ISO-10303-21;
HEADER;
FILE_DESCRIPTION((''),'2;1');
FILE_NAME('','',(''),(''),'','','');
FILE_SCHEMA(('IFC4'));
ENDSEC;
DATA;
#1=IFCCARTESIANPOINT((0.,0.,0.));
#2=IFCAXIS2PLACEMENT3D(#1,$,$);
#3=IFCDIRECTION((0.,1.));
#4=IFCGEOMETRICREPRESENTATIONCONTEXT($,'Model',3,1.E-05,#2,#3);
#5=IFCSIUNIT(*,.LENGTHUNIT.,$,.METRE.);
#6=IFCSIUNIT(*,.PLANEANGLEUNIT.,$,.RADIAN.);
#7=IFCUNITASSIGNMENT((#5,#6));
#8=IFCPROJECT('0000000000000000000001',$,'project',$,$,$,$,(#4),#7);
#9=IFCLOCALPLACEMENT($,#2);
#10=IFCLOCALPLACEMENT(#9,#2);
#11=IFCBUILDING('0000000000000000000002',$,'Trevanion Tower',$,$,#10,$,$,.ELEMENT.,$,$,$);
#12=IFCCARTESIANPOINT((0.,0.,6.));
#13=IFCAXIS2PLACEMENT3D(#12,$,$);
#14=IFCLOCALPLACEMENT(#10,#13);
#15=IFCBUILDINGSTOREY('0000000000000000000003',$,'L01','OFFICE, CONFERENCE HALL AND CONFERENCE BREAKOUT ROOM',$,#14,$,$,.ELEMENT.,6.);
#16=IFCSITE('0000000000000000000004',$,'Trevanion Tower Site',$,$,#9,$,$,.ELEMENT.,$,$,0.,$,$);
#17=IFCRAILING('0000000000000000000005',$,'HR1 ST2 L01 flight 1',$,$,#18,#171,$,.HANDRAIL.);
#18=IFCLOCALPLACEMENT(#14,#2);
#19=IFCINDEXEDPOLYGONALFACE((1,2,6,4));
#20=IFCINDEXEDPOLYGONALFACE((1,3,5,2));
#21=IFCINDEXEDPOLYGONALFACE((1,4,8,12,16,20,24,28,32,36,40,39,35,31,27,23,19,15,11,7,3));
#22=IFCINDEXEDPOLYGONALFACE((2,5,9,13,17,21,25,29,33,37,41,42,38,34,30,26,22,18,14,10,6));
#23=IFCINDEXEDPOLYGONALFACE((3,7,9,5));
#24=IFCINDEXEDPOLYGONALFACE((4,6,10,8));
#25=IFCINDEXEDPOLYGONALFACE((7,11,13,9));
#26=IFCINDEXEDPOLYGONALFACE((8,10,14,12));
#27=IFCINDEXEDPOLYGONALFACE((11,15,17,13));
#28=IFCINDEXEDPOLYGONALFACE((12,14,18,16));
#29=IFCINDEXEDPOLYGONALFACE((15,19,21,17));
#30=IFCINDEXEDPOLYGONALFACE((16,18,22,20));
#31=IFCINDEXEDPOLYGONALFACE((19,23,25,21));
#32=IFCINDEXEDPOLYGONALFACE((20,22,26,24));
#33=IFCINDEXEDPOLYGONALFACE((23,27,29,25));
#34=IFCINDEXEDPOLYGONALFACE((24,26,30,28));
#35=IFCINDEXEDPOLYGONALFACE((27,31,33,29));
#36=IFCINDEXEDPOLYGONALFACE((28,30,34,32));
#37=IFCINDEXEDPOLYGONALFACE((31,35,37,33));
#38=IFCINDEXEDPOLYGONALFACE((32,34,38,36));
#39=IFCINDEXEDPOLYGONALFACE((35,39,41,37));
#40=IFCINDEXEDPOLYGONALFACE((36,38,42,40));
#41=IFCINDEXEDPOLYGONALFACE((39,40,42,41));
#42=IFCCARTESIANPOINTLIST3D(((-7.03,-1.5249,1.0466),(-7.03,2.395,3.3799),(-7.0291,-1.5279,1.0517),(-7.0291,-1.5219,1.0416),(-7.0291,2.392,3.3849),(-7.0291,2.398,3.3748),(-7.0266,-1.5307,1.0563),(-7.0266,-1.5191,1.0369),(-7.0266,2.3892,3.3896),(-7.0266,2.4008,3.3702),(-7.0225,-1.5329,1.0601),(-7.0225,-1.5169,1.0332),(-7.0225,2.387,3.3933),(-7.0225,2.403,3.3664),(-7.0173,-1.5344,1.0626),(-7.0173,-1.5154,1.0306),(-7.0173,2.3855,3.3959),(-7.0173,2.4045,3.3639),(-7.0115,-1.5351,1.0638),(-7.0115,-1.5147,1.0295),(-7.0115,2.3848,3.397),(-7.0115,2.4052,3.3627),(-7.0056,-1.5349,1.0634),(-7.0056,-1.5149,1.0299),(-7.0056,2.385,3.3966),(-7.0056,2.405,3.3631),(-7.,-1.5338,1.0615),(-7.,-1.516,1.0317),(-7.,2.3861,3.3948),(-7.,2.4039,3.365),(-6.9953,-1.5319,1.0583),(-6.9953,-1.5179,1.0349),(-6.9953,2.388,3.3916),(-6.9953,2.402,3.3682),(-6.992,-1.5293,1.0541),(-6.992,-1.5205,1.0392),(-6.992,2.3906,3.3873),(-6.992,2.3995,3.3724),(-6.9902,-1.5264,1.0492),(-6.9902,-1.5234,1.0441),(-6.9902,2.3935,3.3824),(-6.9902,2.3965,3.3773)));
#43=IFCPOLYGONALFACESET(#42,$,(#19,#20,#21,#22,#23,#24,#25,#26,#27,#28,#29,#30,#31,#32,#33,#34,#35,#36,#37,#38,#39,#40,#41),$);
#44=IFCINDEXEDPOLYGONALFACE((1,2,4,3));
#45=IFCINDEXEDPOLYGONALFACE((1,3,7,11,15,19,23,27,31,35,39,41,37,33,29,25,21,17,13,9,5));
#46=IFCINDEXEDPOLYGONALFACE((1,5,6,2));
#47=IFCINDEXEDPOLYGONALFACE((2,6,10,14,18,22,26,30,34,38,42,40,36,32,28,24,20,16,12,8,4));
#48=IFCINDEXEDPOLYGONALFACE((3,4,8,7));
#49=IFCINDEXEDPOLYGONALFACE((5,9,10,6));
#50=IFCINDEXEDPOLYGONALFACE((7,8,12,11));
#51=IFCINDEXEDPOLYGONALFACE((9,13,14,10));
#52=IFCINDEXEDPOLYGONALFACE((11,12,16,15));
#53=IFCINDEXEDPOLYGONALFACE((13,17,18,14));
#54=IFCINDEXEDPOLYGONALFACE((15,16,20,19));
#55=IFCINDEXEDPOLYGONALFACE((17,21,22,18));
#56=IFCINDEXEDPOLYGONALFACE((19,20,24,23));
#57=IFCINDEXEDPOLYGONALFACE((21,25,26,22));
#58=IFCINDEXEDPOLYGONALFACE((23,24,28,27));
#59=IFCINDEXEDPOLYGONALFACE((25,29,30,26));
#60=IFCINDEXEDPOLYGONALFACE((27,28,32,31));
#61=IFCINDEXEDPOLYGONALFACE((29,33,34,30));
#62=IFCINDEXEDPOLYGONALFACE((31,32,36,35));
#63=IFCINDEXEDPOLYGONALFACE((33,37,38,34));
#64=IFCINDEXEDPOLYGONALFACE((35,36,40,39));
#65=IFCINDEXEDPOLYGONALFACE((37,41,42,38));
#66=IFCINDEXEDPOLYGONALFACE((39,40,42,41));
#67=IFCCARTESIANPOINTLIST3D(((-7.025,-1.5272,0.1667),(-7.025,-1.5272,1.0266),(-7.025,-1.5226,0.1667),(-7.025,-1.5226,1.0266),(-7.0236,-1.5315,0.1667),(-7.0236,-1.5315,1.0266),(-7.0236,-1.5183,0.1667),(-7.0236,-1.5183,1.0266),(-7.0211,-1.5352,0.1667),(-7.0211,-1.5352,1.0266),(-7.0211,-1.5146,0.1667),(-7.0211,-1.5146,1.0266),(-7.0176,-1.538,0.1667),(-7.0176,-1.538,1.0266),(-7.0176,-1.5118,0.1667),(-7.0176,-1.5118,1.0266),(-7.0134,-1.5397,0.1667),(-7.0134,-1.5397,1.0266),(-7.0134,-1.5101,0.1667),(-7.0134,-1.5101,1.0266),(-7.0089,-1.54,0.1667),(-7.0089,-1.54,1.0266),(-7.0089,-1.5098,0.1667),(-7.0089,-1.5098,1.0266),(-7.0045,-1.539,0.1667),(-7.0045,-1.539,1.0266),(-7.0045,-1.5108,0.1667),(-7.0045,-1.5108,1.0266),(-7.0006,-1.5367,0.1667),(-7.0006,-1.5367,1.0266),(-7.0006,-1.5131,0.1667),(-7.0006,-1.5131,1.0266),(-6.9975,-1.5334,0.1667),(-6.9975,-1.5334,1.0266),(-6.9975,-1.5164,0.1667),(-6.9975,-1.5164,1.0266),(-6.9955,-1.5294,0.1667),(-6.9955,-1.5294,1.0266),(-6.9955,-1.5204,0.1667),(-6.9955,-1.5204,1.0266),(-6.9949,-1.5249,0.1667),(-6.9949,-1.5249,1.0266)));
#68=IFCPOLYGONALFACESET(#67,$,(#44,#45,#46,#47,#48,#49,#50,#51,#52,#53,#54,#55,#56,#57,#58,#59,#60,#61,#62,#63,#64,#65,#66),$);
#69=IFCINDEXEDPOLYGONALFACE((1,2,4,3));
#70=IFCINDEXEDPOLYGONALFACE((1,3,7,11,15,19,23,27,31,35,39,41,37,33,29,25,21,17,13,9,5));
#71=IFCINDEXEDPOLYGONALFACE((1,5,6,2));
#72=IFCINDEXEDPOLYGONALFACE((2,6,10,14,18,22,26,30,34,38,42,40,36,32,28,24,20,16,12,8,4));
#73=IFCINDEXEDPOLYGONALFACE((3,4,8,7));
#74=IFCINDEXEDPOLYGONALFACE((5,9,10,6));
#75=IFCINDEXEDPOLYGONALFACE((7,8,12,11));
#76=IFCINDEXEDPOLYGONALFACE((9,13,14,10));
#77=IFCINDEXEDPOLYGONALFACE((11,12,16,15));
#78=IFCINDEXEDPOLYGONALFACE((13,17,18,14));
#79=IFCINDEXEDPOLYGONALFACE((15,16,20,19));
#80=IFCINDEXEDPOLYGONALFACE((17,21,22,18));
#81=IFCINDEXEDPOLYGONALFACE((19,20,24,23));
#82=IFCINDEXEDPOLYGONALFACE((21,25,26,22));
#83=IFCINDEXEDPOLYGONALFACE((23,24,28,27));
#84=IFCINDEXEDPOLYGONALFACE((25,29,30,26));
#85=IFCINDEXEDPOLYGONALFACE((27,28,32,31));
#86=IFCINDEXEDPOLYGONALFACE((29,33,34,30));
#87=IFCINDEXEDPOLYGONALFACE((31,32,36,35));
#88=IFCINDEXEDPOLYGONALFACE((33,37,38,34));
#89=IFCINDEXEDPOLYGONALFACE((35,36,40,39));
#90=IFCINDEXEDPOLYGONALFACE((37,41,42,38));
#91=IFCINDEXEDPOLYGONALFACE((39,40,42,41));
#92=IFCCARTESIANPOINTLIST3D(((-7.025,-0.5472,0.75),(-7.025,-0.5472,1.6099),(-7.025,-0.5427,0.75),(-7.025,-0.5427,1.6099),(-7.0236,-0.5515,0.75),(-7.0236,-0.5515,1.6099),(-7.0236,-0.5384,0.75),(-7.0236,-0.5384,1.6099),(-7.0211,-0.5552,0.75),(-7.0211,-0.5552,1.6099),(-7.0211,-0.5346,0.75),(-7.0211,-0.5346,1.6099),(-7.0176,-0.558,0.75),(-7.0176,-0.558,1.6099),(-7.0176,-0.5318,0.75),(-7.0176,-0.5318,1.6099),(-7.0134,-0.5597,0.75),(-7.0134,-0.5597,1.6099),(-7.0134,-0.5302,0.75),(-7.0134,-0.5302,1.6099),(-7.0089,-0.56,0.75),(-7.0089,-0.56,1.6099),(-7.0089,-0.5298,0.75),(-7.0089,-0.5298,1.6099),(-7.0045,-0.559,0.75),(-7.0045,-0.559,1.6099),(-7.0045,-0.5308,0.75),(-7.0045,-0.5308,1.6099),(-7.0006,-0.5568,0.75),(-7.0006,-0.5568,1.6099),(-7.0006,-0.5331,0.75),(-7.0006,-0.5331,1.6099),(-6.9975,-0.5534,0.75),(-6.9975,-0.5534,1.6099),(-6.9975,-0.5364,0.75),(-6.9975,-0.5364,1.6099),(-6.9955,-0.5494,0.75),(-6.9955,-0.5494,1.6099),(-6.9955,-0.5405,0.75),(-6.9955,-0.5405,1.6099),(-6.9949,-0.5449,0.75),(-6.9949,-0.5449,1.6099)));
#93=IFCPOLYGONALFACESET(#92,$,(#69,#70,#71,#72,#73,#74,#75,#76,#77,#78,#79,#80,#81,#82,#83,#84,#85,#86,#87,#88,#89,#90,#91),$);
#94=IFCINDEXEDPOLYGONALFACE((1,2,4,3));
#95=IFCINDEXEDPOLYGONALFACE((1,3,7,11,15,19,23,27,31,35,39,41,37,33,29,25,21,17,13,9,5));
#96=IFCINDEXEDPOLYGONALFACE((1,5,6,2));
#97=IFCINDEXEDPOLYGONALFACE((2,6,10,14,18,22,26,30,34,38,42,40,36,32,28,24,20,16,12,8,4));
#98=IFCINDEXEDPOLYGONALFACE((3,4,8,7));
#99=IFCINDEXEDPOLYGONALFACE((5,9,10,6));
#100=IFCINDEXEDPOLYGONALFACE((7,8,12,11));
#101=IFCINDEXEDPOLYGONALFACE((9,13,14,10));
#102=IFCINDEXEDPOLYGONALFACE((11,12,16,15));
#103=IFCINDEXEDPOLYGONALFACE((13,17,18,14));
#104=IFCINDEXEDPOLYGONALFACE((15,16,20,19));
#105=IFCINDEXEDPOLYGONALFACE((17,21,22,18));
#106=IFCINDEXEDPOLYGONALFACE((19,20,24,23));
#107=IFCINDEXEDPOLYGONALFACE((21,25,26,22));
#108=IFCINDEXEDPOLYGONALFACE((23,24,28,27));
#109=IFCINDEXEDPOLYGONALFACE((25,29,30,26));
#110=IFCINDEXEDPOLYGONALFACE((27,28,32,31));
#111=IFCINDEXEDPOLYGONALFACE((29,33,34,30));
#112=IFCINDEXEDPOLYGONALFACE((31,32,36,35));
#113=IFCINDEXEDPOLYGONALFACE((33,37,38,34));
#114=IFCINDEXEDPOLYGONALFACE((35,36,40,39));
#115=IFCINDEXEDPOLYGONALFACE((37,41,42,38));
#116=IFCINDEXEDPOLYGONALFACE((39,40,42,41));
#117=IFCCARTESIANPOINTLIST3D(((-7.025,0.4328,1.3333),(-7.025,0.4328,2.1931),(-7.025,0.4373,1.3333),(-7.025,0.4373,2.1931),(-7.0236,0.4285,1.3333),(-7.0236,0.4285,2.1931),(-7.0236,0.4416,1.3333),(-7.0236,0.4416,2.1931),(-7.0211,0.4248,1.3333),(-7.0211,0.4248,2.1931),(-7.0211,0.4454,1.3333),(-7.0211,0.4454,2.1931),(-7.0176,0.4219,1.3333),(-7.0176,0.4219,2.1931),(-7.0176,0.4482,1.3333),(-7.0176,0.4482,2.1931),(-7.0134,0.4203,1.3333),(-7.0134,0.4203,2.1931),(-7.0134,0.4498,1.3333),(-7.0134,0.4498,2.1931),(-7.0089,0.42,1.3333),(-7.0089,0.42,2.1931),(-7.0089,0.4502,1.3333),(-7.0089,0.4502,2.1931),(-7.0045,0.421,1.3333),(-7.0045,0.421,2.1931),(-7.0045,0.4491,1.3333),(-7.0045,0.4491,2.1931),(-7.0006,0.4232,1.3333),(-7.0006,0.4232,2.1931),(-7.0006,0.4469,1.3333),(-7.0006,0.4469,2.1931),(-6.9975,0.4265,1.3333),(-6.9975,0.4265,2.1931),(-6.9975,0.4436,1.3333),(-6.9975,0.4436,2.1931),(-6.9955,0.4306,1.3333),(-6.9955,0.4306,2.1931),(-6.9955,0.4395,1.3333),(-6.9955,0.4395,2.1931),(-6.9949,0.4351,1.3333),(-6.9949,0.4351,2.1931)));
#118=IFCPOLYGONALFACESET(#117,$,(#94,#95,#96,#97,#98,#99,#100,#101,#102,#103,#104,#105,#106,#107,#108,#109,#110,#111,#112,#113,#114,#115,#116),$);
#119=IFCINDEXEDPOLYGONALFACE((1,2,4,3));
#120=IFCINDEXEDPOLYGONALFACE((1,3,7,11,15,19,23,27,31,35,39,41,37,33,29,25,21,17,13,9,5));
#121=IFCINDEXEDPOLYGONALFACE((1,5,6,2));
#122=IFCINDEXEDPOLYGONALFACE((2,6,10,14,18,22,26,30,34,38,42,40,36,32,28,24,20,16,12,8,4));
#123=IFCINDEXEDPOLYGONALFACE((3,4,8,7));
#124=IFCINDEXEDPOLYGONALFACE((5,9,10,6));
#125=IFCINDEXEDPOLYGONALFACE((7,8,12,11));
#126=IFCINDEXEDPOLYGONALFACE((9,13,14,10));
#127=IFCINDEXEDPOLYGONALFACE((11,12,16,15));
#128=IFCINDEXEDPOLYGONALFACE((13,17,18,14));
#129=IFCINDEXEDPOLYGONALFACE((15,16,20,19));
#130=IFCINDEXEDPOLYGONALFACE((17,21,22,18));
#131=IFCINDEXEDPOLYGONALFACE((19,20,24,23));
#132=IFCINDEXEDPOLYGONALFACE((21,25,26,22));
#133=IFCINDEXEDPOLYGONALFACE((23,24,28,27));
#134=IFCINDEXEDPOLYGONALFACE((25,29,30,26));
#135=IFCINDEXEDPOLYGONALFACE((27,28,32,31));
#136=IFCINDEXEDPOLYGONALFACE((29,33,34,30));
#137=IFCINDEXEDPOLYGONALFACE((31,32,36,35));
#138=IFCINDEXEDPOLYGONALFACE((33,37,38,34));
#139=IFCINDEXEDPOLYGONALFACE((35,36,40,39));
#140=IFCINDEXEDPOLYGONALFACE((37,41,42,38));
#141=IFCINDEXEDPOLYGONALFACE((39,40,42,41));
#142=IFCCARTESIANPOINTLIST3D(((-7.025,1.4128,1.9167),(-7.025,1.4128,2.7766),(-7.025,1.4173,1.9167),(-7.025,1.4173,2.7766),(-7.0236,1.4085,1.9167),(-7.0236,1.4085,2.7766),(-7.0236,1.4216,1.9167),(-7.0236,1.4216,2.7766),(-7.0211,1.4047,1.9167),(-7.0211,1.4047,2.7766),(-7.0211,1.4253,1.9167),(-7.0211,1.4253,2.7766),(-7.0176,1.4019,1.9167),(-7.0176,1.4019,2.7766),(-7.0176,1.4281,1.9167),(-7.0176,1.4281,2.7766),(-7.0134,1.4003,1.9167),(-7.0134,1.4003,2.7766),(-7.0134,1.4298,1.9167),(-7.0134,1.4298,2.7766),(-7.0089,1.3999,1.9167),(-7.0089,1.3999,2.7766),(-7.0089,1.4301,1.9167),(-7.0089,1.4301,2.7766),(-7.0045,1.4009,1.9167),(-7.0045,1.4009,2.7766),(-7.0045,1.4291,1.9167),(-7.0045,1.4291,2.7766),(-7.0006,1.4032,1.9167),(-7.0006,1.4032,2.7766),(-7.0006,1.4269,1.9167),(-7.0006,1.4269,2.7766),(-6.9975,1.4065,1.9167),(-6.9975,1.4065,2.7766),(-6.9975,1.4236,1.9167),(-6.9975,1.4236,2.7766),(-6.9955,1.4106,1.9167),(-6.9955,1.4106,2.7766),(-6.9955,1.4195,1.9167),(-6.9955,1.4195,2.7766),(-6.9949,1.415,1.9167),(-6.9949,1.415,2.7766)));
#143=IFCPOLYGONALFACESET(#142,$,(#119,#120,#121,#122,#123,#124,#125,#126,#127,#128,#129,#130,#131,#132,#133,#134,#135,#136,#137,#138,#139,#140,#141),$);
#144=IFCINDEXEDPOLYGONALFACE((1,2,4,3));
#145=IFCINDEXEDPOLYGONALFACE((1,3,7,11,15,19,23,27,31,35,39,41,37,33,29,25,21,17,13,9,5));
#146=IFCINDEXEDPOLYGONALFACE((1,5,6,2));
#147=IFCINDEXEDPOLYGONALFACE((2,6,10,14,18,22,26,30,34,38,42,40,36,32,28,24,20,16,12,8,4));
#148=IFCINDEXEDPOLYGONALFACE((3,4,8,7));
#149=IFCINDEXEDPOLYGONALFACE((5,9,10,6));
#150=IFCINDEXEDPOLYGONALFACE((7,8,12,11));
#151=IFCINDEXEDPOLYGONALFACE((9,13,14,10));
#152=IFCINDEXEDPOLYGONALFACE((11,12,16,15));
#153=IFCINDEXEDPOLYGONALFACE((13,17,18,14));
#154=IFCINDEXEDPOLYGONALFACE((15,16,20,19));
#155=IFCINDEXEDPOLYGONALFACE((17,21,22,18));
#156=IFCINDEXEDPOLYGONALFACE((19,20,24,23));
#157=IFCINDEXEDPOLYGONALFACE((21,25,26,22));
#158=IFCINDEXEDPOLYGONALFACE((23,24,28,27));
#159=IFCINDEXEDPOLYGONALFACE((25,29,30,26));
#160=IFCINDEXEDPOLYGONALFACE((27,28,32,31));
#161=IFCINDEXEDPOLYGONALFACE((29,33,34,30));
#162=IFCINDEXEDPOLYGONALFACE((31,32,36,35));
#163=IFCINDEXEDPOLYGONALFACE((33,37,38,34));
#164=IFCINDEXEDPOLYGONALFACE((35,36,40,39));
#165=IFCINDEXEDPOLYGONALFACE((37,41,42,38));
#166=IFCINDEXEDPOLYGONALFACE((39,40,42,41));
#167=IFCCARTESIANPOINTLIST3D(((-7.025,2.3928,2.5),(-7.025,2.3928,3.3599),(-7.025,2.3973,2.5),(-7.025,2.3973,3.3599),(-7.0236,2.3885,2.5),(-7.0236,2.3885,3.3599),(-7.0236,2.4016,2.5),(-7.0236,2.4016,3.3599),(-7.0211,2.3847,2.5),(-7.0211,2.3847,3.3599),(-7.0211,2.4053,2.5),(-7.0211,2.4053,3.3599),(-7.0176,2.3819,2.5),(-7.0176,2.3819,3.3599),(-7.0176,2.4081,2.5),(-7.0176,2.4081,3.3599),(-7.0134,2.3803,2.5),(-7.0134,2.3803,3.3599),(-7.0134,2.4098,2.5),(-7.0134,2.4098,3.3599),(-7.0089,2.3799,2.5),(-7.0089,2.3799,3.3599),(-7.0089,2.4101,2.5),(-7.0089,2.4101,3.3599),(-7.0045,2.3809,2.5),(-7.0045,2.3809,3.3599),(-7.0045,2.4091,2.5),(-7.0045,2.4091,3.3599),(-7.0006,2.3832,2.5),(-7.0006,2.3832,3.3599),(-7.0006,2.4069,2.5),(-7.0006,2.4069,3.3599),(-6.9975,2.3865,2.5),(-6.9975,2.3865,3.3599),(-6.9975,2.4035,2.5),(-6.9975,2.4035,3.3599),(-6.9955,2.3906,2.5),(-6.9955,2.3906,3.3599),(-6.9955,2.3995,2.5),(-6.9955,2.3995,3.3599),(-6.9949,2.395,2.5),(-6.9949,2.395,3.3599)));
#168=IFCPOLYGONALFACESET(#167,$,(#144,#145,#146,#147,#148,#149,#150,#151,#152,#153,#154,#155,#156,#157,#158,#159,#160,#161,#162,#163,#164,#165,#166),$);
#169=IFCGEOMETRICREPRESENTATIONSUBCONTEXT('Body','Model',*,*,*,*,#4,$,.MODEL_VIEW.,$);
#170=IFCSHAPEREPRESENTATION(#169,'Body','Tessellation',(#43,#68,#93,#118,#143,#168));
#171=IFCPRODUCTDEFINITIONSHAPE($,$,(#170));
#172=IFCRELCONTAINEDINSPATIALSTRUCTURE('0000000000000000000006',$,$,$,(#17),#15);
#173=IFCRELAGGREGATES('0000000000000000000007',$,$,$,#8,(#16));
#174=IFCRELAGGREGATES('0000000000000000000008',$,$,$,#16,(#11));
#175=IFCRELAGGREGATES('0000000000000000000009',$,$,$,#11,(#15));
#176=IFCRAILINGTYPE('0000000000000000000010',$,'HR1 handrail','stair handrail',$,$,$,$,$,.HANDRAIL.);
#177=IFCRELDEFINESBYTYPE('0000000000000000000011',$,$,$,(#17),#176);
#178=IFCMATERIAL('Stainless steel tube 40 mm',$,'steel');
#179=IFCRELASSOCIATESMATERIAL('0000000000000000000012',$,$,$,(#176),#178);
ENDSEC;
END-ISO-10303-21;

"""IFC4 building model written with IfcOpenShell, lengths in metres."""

from ifc_helpers import new_model, si_unit, direction, frame, origin, origin_2d, place, context, subcontext, project, spatial, circle, extrude, material, type_object, element, save


model = new_model("IFC4")

# Units and contexts
model_context = context("Model", 3, precision=1e-05, world=origin(), true_north=direction((0.0, 1.0)))
body_context = subcontext(model_context, "Body", "Model", "MODEL_VIEW")
ifc_project = project(units=[si_unit("LENGTHUNIT", "METRE"), si_unit("PLANEANGLEUNIT", "RADIAN")], contexts=[model_context])

# Site, building, storey
site_placement = place(None, origin())
site = spatial("IfcSite", under=ifc_project, at=site_placement, Name="Trevanion Tower Site", CompositionType="ELEMENT", RefElevation=0.0)
building_placement = place(site_placement, origin())
building = spatial("IfcBuilding", under=site, at=building_placement, Name="Trevanion Tower", CompositionType="ELEMENT")
storey_placement = place(building_placement, frame((0.0, 0.0, 6.0)))
storey = spatial("IfcBuildingStorey", under=building, at=storey_placement, Name="L01", Description="OFFICE, CONFERENCE HALL AND CONFERENCE BREAKOUT ROOM", CompositionType="ELEMENT", Elevation=6.0)

# Railing
ifc_material_1 = material(Name="Stainless steel tube 40 mm", Category="steel")
railing_type = type_object("IfcRailingType", Name="HR1 handrail", Description="stair handrail", PredefinedType="HANDRAIL", material=ifc_material_1)
for number, where, name in (
    (1, (-7.01, -1.5249, 0.1667), "HR1 ST2 L01 flight 1"),
):
    element("IfcRailing", number, at=place(storey_placement, frame(where)), inside=storey, type_object=railing_type, Name=name, PredefinedType="HANDRAIL", context=body_context, shape_type="SweptSolid", body=[
        extrude(circle(Radius=0.02, at=origin_2d()), frame((0.0, 0.0, 0.8799), z_axis=(0.0, 0.859296, 0.511478), x_axis=(-1.0, 0.0, 0.0)), (0.0, 0.0, 1.0), 4.5618),
        extrude(circle(Radius=0.0151, at=origin_2d()), origin(), (0.0, 0.0, 1.0), 0.8599),
        extrude(circle(Radius=0.0151, at=origin_2d()), frame((0.0, 0.98, 0.5833)), (0.0, 0.0, 1.0), 0.8599),
        extrude(circle(Radius=0.0151, at=origin_2d()), frame((0.0, 1.96, 1.1665)), (0.0, 0.0, 1.0), 0.8599),
        extrude(circle(Radius=0.0151, at=origin_2d()), frame((0.0, 2.9399, 1.75)), (0.0, 0.0, 1.0), 0.8599),
        extrude(circle(Radius=0.0151, at=origin_2d()), frame((0.0, 3.9199, 2.3333)), (0.0, 0.0, 1.0), 0.8599),
    ])

save(model, "model.ifc")
